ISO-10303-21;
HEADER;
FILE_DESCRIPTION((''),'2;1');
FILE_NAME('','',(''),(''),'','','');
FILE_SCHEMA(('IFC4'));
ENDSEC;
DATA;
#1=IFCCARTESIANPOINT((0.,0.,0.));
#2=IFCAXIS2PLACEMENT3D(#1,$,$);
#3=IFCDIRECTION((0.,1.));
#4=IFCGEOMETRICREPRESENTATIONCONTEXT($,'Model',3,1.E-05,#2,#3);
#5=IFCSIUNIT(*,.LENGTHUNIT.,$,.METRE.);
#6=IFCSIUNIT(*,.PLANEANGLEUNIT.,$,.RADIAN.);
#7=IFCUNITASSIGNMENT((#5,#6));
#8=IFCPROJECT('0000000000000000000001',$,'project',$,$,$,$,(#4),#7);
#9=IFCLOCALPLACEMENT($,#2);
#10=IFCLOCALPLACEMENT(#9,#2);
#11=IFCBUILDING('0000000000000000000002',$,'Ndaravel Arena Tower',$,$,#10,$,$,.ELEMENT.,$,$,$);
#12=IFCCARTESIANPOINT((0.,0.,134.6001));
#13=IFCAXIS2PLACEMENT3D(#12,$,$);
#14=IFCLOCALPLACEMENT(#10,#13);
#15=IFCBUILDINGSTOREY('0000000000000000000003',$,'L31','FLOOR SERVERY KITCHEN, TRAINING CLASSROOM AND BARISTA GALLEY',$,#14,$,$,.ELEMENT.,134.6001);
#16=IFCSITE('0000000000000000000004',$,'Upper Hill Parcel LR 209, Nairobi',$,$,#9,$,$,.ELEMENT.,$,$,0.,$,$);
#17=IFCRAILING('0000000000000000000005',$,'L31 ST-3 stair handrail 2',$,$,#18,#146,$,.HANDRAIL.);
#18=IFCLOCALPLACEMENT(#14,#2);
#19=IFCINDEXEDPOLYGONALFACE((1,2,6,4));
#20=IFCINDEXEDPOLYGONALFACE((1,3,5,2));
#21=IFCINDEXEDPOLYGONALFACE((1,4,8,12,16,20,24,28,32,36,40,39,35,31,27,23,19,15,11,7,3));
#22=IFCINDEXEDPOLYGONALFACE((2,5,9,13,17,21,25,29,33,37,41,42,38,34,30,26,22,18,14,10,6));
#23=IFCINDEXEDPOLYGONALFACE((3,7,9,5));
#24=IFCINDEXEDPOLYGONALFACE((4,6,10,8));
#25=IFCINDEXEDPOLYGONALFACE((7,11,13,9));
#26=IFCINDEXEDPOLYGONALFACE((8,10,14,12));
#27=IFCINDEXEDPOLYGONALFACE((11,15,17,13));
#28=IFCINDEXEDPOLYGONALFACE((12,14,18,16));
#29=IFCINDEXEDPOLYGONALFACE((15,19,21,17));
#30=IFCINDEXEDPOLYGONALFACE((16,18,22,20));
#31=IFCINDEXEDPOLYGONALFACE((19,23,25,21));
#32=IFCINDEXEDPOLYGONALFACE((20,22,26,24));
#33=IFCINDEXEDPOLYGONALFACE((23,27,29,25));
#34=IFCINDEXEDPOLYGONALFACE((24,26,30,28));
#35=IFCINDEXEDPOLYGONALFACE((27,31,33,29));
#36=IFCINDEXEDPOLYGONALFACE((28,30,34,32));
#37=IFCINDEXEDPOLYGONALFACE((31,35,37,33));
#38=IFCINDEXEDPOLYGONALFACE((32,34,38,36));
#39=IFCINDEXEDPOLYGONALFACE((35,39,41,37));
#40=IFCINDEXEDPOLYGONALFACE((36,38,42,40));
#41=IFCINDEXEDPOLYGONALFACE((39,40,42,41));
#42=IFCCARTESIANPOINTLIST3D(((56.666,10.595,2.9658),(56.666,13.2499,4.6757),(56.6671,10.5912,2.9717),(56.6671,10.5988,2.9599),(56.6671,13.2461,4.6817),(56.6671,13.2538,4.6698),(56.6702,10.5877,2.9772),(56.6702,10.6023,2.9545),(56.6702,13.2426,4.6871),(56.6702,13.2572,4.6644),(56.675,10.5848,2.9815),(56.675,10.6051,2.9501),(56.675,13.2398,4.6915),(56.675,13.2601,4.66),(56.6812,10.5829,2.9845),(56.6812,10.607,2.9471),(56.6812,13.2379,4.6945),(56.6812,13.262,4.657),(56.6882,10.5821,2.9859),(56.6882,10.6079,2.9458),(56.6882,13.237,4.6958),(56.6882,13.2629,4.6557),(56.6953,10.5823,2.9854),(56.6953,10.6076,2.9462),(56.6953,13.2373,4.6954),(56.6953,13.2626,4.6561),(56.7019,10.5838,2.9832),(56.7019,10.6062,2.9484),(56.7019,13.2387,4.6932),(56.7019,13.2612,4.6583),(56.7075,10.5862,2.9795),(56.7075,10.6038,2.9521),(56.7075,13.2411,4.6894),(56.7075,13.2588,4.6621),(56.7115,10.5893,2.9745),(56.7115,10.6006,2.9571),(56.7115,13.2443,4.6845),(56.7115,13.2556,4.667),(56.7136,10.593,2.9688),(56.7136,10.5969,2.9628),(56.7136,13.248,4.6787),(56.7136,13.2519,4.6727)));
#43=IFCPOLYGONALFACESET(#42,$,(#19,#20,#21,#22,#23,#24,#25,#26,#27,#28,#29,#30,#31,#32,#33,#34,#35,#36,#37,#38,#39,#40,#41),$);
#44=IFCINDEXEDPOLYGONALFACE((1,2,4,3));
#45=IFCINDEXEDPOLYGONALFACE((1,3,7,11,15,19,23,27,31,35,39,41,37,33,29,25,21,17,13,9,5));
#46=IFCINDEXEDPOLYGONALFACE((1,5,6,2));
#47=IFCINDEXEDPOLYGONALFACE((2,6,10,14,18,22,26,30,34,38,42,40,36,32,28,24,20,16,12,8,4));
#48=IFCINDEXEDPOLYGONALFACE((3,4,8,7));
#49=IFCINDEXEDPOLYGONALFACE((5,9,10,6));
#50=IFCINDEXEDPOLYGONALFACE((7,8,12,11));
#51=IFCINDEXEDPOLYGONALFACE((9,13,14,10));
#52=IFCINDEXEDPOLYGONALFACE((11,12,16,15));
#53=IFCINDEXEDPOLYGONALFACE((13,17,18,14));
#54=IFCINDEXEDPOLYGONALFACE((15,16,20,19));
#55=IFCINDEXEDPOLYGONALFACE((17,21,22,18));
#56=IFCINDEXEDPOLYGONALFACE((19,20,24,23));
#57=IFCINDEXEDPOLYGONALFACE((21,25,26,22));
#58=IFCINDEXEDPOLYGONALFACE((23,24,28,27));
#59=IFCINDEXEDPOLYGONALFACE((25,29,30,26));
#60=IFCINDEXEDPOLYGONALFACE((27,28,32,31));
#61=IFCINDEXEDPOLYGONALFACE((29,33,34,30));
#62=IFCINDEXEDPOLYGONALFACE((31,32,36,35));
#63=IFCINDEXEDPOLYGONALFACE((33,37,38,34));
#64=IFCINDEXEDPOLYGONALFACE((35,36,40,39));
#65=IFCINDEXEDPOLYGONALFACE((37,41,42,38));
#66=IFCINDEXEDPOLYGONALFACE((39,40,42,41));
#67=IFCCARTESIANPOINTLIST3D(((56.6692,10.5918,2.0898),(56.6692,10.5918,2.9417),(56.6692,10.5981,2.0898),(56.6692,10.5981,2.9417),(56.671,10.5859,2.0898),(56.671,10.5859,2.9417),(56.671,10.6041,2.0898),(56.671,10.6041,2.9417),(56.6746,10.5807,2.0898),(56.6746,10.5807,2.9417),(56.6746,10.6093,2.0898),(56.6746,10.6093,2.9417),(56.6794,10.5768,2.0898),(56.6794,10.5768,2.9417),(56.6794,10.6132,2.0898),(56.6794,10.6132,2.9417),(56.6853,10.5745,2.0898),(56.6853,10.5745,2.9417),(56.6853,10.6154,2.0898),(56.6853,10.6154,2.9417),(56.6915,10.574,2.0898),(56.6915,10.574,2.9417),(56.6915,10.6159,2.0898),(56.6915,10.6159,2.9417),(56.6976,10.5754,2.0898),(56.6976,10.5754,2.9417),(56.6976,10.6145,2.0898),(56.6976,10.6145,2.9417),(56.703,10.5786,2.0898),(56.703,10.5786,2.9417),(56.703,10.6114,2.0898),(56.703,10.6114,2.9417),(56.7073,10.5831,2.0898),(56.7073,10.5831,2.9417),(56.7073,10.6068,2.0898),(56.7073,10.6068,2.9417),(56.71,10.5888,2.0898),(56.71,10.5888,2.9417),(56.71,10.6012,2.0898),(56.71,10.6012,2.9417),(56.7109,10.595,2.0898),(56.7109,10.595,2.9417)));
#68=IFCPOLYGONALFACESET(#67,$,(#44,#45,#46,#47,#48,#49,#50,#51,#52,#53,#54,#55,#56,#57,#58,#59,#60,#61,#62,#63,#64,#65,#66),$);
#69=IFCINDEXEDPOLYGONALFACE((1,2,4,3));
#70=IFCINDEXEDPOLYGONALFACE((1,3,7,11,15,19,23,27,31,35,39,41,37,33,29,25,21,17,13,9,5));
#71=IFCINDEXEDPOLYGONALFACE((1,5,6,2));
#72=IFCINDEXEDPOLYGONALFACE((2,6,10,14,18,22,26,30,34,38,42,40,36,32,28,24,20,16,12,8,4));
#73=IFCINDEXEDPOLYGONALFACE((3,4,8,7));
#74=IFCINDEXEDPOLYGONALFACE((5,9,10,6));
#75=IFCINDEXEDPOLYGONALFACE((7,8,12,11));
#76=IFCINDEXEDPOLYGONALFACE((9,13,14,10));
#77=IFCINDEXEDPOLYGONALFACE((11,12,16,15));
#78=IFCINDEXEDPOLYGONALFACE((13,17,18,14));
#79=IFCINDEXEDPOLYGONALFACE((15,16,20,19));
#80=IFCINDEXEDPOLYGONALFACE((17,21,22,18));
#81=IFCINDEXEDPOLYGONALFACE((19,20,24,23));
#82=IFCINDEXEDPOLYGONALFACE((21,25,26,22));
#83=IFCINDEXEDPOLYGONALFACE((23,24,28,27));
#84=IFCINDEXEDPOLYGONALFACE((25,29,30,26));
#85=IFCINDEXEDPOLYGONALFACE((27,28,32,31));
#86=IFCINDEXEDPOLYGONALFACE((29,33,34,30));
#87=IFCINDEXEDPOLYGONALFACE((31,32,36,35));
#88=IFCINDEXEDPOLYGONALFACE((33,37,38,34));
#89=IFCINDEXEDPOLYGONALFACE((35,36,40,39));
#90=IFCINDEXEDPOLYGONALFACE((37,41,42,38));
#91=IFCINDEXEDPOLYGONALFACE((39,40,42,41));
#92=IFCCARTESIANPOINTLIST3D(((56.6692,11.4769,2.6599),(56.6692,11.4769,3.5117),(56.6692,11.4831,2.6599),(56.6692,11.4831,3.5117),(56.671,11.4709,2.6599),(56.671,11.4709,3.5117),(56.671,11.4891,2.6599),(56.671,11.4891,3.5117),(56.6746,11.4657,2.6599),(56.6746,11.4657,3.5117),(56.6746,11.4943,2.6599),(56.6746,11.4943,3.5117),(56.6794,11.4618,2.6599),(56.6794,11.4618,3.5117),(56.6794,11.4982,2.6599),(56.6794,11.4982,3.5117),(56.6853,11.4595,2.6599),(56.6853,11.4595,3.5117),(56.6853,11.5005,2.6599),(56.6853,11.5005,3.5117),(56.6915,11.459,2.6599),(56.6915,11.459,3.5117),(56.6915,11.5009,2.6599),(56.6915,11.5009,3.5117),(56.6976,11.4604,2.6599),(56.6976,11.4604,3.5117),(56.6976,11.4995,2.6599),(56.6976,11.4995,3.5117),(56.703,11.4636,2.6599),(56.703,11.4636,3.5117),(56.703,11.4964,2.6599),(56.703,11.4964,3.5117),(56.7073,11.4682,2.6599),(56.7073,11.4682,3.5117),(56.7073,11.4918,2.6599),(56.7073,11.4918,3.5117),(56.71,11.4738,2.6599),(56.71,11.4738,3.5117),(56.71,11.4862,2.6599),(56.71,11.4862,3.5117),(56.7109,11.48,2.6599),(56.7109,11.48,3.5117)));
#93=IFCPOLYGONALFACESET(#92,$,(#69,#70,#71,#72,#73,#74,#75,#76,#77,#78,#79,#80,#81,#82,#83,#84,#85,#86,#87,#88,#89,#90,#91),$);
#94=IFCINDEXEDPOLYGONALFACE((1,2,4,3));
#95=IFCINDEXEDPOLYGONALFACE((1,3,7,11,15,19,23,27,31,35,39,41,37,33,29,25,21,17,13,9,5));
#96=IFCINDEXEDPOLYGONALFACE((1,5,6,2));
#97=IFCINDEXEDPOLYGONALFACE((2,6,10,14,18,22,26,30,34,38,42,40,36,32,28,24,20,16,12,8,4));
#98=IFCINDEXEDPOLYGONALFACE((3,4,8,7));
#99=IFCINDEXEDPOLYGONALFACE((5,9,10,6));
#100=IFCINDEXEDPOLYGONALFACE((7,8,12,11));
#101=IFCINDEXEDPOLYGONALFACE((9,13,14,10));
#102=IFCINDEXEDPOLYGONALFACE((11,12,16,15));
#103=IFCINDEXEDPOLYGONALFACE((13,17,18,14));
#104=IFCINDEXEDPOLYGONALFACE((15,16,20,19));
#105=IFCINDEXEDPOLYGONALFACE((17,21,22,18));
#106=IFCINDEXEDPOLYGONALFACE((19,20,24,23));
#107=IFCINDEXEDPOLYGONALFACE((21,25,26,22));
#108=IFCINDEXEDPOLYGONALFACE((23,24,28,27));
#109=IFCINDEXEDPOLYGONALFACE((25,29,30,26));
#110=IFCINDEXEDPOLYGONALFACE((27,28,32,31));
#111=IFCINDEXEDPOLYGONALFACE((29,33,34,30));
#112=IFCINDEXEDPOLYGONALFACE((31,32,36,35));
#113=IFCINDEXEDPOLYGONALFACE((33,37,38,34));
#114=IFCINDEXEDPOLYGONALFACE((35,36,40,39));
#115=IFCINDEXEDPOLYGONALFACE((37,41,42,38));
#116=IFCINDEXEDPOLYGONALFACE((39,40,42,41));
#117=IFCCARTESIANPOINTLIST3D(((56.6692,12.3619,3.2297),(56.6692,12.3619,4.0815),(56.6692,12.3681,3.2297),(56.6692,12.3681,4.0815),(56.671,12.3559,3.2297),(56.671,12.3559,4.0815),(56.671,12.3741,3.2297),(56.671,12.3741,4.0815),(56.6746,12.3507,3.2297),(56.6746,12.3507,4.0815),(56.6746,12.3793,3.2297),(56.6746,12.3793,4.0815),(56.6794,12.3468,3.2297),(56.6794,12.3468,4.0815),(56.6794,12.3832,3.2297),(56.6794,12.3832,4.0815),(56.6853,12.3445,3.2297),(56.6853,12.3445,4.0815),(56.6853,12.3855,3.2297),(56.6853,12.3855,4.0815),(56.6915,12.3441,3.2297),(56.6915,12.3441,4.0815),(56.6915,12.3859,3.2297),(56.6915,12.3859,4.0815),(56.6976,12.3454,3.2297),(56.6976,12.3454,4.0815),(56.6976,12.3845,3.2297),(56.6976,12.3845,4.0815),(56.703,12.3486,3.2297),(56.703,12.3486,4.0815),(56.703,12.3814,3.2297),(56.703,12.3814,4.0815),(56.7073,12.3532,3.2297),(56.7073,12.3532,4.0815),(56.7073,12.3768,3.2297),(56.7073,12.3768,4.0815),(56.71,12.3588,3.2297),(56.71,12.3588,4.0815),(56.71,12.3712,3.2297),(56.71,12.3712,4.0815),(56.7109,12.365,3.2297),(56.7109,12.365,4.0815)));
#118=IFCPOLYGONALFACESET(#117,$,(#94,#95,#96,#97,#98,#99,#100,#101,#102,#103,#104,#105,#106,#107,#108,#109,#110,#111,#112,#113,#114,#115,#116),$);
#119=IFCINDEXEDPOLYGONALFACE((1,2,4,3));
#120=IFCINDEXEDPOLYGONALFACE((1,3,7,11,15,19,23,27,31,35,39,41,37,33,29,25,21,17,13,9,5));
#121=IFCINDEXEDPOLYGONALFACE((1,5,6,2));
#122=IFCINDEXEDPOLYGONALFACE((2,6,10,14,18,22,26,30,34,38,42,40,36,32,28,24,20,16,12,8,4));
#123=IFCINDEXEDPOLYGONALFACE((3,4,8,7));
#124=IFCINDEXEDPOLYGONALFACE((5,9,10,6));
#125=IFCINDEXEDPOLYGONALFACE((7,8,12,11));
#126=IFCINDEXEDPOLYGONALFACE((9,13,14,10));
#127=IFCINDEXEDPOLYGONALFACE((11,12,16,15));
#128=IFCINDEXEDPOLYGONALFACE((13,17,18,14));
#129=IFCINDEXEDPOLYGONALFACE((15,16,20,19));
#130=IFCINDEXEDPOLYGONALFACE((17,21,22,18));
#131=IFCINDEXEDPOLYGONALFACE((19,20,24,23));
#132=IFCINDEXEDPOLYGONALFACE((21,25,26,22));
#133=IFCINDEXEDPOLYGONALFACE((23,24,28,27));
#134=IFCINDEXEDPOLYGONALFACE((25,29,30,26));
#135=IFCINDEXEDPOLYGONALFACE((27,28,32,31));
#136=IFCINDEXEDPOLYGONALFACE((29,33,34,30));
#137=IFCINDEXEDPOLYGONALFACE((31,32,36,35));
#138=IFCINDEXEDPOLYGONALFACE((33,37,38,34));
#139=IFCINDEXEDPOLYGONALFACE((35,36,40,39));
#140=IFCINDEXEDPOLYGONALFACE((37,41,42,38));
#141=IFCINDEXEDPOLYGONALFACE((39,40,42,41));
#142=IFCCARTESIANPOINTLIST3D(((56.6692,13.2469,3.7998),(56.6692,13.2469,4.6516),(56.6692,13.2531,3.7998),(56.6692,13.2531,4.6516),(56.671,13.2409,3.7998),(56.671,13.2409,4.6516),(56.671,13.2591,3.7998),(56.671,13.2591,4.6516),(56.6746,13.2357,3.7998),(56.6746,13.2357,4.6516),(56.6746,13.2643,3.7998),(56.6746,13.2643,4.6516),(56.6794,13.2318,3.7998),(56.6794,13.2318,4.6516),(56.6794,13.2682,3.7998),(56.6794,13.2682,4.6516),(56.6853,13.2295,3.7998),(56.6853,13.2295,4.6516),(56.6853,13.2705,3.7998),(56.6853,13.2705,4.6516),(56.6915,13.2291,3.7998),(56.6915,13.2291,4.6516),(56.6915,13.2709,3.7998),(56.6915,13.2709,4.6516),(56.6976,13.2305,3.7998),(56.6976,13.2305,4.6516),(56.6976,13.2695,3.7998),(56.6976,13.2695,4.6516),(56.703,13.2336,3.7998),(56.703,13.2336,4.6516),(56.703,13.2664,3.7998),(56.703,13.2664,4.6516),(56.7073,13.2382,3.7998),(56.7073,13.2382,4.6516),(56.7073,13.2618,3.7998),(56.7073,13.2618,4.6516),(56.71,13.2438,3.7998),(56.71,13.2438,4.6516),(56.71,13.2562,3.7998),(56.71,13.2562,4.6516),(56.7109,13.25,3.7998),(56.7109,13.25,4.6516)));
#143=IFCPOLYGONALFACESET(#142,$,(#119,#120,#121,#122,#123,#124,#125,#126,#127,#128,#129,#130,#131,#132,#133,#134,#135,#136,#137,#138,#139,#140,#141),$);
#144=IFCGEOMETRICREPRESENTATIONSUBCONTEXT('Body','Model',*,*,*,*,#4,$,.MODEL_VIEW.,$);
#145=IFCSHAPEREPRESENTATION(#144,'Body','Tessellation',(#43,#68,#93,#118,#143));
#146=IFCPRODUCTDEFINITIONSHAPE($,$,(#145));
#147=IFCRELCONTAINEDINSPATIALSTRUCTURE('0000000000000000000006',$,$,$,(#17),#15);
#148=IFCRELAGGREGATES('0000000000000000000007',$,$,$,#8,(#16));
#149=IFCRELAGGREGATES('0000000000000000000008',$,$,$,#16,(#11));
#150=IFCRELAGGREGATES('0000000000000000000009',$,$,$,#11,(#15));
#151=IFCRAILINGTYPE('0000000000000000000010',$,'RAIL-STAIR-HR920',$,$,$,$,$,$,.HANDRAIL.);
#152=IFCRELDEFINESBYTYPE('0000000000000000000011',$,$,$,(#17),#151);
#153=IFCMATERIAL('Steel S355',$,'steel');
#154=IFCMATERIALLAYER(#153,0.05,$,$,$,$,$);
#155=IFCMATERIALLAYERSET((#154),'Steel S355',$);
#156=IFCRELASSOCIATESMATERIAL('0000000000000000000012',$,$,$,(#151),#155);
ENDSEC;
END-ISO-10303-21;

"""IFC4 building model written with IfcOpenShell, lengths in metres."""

from ifc_helpers import new_model, si_unit, direction, frame, origin, origin_2d, place, context, subcontext, project, spatial, circle, extrude, material, layer, layer_set, type_object, element, save


model = new_model("IFC4")

# Units and contexts
model_context = context("Model", 3, precision=1e-05, world=origin(), true_north=direction((0.0, 1.0)))
body_context = subcontext(model_context, "Body", "Model", "MODEL_VIEW")
ifc_project = project(units=[si_unit("LENGTHUNIT", "METRE"), si_unit("PLANEANGLEUNIT", "RADIAN")], contexts=[model_context])

# Site, building, storey
site_placement = place(None, origin())
site = spatial("IfcSite", under=ifc_project, at=site_placement, Name="Upper Hill Parcel LR 209, Nairobi", CompositionType="ELEMENT", RefElevation=0.0)
building_placement = place(site_placement, origin())
building = spatial("IfcBuilding", under=site, at=building_placement, Name="Ndaravel Arena Tower", CompositionType="ELEMENT")
storey_placement = place(building_placement, frame((0.0, 0.0, 134.6001)))
storey = spatial("IfcBuildingStorey", under=building, at=storey_placement, Name="L31", Description="FLOOR SERVERY KITCHEN, TRAINING CLASSROOM AND BARISTA GALLEY", CompositionType="ELEMENT", Elevation=134.6001)

# Railing
ifc_material_1 = material(Name="Steel S355", Category="steel")
ifc_layer_1 = layer(ifc_material_1, 0.05)
ifc_layer_set_1 = layer_set([ifc_layer_1], Name="Steel S355")
railing_type_1 = type_object("IfcRailingType", Name="RAIL-STAIR-HR920", PredefinedType="HANDRAIL", material=ifc_layer_set_1)
railing_1_placement = place(storey_placement, frame((56.6899, 10.595, 2.0898)))
element("IfcRailing", 1, at=railing_1_placement, inside=storey, type_object=railing_type_1, Name="L31 ST-3 stair handrail 2", PredefinedType="HANDRAIL", context=body_context, shape_type="SweptSolid", body=[
    extrude(circle(Radius=0.0239, at=origin_2d()), frame((0.0, 0.0, 0.876), z_axis=(0.0, 0.840724, 0.541465), x_axis=(-1.0, 0.0, 0.0)), (0.0, 0.0, 1.0), 3.158),
    extrude(circle(Radius=0.021, at=origin_2d()), origin(), (0.0, 0.0, 1.0), 0.8518),
    extrude(circle(Radius=0.021, at=origin_2d()), frame((0.0, 0.885, 0.5701)), (0.0, 0.0, 1.0), 0.8518),
    extrude(circle(Radius=0.021, at=origin_2d()), frame((0.0, 1.77, 1.1399)), (0.0, 0.0, 1.0), 0.8518),
    extrude(circle(Radius=0.021, at=origin_2d()), frame((0.0, 2.655, 1.71)), (0.0, 0.0, 1.0), 0.8518),
])

save(model, "model.ifc")
